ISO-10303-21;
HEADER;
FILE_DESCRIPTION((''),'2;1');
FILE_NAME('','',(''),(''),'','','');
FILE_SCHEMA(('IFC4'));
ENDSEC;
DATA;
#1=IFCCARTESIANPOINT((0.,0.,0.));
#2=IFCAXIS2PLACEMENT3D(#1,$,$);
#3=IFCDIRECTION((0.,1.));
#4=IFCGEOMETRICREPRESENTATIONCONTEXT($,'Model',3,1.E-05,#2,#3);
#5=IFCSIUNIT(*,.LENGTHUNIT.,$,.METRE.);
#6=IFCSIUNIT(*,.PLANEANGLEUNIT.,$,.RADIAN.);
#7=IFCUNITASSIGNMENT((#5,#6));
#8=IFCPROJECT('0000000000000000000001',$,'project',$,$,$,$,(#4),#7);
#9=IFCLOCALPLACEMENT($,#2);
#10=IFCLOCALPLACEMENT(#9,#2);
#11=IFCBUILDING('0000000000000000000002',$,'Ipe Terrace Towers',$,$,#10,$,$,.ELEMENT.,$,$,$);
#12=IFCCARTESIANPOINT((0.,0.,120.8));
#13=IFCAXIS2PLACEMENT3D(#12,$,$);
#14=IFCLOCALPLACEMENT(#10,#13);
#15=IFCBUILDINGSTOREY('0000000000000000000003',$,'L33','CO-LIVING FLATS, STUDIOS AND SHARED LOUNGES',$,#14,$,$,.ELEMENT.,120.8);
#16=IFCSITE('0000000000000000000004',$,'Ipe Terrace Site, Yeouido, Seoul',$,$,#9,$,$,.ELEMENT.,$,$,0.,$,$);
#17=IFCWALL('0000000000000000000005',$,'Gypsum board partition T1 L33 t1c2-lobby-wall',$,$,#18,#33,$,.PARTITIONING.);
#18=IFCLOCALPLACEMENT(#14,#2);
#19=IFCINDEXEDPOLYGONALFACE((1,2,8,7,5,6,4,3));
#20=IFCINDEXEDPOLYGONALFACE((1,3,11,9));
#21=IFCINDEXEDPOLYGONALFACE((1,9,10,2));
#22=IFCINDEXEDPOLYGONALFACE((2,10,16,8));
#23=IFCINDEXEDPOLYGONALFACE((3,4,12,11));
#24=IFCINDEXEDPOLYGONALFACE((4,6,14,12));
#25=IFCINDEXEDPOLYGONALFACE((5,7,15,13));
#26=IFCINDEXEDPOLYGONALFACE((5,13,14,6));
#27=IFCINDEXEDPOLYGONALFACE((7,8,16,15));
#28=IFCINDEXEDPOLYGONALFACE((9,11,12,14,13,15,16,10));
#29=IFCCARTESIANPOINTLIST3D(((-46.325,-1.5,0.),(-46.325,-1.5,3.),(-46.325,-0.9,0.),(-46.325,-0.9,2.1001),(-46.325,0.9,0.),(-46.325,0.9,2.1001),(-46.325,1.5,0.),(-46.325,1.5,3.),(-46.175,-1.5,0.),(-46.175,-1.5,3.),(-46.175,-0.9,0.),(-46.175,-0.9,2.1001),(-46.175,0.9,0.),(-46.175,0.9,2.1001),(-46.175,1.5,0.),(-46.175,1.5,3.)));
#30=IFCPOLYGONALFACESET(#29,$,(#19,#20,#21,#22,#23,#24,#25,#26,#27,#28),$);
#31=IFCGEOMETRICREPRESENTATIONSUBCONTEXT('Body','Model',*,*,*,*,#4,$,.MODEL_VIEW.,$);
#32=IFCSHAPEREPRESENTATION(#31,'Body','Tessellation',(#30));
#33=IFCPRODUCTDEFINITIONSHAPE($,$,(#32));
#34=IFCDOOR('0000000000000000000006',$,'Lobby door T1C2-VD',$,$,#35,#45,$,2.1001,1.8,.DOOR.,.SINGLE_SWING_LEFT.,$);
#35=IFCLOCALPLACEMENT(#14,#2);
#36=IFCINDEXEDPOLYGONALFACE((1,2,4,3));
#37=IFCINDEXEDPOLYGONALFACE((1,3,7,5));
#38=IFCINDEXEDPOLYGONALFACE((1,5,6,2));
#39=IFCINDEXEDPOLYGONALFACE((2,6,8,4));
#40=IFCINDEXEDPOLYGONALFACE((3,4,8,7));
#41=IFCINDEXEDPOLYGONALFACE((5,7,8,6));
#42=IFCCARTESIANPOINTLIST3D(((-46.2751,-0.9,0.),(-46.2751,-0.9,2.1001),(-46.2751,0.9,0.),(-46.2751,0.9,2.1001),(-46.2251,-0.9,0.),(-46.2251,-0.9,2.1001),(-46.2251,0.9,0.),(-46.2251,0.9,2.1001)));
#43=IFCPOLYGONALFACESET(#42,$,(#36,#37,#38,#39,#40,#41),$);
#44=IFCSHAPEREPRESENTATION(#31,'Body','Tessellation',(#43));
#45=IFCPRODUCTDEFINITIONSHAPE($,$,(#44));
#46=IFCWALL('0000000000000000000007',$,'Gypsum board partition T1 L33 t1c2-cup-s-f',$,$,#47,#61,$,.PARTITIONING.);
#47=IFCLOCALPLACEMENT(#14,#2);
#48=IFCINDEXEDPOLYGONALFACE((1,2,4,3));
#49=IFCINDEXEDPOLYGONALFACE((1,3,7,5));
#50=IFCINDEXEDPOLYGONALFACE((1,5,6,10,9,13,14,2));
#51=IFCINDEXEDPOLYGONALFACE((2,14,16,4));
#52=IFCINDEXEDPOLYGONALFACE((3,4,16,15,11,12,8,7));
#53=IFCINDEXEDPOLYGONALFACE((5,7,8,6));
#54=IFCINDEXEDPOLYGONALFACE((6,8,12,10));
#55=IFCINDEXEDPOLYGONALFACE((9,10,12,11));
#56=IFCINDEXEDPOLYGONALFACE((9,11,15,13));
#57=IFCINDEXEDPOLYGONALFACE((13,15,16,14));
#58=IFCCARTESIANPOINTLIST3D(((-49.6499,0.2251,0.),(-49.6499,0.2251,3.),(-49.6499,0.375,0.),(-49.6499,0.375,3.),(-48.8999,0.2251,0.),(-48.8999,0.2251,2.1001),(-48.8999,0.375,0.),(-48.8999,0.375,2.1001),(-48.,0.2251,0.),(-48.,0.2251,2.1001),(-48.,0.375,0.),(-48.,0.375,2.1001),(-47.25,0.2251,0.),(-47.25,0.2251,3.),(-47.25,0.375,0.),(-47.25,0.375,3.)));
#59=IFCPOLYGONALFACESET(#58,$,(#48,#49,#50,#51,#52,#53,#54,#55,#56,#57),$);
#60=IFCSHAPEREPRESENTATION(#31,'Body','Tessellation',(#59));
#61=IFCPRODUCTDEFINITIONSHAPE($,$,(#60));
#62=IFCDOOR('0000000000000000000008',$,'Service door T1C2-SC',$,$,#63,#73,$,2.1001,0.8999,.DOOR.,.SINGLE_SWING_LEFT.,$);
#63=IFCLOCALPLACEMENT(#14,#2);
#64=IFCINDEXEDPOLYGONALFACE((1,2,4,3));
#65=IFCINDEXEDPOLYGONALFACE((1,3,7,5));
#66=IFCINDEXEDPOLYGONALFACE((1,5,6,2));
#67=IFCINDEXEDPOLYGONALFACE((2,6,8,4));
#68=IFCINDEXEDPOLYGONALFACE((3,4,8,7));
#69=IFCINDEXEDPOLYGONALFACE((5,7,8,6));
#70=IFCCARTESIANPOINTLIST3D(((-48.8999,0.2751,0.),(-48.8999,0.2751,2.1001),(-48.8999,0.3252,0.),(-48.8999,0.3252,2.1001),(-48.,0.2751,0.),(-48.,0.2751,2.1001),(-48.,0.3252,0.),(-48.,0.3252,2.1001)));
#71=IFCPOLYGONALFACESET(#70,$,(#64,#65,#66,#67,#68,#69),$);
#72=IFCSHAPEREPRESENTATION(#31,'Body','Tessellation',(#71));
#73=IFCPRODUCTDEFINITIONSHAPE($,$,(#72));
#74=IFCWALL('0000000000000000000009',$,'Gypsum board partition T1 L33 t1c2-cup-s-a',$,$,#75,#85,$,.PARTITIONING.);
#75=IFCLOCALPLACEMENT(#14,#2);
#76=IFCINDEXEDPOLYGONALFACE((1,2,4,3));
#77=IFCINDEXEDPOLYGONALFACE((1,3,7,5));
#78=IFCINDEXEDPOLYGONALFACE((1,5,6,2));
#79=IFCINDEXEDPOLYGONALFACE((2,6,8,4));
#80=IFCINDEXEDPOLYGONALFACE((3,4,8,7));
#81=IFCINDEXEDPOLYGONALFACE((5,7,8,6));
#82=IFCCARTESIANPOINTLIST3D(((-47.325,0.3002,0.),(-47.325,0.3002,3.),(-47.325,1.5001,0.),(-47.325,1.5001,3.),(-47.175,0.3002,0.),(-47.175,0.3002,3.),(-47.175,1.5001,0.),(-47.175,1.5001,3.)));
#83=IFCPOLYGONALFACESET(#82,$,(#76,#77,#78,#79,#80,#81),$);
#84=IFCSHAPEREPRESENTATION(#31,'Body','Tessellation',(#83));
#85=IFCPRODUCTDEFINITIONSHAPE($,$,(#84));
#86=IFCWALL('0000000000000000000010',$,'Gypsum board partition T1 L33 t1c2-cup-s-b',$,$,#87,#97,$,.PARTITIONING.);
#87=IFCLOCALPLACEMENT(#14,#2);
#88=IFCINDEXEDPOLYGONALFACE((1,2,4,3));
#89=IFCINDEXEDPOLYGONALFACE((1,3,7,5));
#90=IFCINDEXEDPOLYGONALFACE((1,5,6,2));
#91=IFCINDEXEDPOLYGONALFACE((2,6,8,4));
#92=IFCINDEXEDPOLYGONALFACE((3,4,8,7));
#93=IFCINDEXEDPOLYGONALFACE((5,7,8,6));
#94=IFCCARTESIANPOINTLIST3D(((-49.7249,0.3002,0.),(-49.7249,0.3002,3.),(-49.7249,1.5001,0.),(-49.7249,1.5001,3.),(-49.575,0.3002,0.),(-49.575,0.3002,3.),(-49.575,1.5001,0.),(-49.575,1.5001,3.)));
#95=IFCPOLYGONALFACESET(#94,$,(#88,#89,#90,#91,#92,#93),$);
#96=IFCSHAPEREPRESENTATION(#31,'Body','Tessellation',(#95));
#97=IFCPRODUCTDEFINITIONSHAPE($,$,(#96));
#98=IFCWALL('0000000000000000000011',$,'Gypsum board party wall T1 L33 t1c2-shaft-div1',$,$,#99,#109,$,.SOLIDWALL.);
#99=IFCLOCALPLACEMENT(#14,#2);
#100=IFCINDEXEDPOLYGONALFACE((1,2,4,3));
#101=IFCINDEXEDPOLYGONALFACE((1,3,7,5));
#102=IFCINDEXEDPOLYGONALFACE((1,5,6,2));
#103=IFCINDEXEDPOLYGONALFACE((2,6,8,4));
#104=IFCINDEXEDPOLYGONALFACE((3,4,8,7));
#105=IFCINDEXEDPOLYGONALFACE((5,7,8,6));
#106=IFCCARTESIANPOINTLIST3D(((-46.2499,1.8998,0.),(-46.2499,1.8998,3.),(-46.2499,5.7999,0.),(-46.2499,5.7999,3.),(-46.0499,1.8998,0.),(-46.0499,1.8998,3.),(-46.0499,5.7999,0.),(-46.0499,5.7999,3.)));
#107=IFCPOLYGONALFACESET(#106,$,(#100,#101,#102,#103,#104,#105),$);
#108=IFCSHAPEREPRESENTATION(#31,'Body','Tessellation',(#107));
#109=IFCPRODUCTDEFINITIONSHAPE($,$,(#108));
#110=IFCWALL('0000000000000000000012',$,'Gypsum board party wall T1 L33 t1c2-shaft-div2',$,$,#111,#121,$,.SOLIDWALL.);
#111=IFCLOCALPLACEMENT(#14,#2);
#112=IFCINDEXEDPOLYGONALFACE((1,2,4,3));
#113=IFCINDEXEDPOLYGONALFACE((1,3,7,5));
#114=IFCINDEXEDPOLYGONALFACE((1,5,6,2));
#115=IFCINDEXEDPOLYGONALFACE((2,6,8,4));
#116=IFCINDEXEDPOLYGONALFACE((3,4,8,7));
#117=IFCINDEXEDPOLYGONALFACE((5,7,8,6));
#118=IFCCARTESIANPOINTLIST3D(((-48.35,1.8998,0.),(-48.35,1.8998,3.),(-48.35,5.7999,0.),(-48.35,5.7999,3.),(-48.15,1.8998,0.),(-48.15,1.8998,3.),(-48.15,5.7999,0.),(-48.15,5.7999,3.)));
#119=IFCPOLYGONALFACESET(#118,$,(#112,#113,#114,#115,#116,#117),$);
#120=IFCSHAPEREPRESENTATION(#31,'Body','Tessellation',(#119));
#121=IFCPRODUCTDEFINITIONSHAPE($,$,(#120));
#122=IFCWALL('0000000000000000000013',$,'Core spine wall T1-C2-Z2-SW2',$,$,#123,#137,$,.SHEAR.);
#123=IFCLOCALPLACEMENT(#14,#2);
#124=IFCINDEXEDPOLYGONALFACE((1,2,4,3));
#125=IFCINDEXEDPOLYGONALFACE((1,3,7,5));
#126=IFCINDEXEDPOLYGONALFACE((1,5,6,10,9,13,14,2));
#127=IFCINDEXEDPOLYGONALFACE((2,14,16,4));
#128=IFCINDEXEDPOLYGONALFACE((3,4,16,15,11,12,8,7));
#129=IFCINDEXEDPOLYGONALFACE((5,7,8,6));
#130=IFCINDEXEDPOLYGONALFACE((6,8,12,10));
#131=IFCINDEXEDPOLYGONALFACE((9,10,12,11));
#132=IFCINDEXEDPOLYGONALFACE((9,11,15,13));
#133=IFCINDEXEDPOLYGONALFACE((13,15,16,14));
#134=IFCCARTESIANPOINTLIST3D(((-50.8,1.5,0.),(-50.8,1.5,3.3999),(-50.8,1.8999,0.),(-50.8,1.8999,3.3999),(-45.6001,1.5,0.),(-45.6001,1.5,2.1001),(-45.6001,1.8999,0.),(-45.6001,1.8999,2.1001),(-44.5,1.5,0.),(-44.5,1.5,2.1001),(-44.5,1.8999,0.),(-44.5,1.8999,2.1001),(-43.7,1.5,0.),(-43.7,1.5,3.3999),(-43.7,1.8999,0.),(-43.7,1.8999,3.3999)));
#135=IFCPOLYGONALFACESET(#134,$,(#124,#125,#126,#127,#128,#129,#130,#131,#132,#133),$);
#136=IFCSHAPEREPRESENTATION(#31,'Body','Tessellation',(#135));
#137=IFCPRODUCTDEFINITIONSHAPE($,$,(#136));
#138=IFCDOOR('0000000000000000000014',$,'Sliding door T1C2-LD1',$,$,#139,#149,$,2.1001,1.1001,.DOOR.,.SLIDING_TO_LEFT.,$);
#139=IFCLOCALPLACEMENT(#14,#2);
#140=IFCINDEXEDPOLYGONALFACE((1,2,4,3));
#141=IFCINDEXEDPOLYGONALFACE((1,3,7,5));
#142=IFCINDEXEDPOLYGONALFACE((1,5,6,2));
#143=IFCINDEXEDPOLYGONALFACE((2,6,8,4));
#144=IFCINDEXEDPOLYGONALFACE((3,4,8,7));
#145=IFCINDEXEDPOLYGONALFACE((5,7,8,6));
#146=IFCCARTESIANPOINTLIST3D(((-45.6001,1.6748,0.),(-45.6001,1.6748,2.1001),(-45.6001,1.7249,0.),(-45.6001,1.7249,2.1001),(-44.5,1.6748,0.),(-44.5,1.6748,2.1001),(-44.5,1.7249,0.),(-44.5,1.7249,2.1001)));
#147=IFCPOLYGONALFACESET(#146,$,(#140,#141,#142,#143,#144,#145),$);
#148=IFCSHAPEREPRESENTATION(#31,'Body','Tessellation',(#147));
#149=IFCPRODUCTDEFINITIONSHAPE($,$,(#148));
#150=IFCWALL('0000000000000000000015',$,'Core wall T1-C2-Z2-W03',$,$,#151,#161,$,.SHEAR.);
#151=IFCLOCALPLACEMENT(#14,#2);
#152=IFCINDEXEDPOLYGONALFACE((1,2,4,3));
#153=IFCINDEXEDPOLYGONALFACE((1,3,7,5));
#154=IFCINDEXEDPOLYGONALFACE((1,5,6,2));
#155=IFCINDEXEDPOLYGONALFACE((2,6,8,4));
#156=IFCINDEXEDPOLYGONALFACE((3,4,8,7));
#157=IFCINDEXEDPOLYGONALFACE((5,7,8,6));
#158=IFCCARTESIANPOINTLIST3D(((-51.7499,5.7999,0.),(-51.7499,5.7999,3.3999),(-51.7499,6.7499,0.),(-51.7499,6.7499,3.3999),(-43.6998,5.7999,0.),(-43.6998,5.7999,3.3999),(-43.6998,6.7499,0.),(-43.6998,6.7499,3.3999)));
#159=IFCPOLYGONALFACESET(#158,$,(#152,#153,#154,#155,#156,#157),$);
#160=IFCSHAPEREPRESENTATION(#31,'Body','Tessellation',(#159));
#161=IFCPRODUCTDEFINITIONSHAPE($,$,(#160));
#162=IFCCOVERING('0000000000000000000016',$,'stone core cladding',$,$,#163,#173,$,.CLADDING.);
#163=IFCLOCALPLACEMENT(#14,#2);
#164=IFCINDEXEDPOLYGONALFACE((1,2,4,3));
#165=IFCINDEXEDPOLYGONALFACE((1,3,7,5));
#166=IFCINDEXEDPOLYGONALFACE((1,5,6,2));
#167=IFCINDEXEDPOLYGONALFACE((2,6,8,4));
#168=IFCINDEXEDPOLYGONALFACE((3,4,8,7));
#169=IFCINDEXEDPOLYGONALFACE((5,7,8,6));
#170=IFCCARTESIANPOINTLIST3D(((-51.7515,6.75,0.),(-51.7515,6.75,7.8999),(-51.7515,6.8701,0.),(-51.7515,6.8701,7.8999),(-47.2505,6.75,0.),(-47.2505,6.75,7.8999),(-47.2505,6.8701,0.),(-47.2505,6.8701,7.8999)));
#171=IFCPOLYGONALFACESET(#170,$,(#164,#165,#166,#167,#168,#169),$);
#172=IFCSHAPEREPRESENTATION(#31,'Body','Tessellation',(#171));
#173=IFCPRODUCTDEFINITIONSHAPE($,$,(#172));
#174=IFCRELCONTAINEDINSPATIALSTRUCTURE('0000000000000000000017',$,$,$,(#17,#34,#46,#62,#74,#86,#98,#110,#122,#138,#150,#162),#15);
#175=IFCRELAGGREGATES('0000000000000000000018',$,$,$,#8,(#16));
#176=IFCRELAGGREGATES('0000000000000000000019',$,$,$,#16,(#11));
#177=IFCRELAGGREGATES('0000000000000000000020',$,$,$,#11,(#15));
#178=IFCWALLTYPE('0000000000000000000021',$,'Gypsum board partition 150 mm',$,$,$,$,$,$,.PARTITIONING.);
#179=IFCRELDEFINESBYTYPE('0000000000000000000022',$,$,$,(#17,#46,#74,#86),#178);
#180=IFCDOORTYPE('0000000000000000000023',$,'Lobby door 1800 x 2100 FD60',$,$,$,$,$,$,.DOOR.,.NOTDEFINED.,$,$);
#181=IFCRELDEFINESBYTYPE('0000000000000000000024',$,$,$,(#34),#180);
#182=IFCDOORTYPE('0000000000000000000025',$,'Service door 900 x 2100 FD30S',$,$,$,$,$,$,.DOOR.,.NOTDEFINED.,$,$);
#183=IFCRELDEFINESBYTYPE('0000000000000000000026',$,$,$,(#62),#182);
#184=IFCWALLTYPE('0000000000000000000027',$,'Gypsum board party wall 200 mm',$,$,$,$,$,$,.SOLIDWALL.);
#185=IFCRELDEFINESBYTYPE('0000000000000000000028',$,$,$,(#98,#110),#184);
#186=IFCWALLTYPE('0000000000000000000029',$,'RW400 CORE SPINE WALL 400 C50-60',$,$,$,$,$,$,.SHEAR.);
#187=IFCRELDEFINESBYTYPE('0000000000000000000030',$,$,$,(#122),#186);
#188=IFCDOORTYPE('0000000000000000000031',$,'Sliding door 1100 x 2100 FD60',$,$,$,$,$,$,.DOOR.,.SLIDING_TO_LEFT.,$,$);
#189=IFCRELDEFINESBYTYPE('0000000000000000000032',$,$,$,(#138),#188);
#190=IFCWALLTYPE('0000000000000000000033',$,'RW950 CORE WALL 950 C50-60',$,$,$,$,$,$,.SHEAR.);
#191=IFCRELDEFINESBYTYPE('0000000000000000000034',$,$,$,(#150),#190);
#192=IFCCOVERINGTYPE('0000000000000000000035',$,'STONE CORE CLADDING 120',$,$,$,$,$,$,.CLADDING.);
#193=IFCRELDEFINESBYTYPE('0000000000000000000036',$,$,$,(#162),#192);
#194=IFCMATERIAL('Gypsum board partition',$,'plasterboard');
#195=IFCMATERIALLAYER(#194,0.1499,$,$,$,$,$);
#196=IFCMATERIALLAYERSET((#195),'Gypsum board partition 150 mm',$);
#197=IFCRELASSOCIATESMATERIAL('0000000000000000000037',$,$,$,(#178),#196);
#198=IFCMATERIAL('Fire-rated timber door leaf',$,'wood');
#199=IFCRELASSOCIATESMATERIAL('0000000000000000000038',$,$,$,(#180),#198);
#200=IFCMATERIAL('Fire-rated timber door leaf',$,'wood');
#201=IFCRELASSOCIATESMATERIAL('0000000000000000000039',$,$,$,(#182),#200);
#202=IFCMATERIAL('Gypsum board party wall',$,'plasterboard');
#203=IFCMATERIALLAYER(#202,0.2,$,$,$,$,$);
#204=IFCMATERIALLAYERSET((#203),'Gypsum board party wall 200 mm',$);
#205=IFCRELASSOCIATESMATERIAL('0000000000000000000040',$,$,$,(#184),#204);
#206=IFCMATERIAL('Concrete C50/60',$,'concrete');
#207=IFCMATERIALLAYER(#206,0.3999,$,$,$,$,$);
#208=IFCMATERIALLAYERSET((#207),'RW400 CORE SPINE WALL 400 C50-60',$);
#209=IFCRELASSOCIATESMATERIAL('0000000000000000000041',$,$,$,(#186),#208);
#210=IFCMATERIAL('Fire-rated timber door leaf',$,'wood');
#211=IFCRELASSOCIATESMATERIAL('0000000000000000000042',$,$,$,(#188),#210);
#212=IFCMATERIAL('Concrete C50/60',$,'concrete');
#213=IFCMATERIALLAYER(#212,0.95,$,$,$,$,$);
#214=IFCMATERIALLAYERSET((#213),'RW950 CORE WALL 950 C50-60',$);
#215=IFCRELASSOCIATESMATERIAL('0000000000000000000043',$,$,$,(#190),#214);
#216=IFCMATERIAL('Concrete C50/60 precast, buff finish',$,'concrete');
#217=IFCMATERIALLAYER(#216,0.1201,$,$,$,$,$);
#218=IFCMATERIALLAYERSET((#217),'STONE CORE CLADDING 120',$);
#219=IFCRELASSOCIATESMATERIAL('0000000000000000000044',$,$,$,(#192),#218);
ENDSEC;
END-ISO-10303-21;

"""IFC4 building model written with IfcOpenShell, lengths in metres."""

from ifc_helpers import new_model, si_unit, direction, frame, frame_2d, origin, origin_2d, place, context, subcontext, project, spatial, rectangle, extrude, material, layer, layer_set, type_object, element, fill, save


model = new_model("IFC4")

# Units and contexts
model_context = context("Model", 3, precision=1e-05, world=origin(), true_north=direction((0.0, 1.0)))
body_context = subcontext(model_context, "Body", "Model", "MODEL_VIEW")
ifc_project = project(units=[si_unit("LENGTHUNIT", "METRE"), si_unit("PLANEANGLEUNIT", "RADIAN")], contexts=[model_context])

# Site, building, storey
site_placement = place(None, origin())
site = spatial("IfcSite", under=ifc_project, at=site_placement, Name="Ipe Terrace Site, Yeouido, Seoul", CompositionType="ELEMENT", RefElevation=0.0)
building_placement = place(site_placement, origin())
building = spatial("IfcBuilding", under=site, at=building_placement, Name="Ipe Terrace Towers", CompositionType="ELEMENT")
storey_placement = place(building_placement, frame((0.0, 0.0, 120.8)))
storey = spatial("IfcBuildingStorey", under=building, at=storey_placement, Name="L33", Description="CO-LIVING FLATS, STUDIOS AND SHARED LOUNGES", CompositionType="ELEMENT", Elevation=120.8)

# Walls, openings, doors
ifc_material_1 = material(Name="Gypsum board partition", Category="plasterboard")
ifc_layer_1 = layer(ifc_material_1, 0.1499)
ifc_layer_set_1 = layer_set([ifc_layer_1], Name="Gypsum board partition 150 mm")
wall_type_1 = type_object("IfcWallType", Name="Gypsum board partition 150 mm", PredefinedType="PARTITIONING", material=ifc_layer_set_1)
wall_1_placement = place(storey_placement, frame((-46.25, 1.5, 0.0), z_axis=(0.0, 0.0, 1.0), x_axis=(0.0, -1.0, 0.0)))
wall_1 = element("IfcWall", 1, at=wall_1_placement, inside=storey, type_object=wall_type_1, Name="Gypsum board partition T1 L33 t1c2-lobby-wall", PredefinedType="PARTITIONING", context=body_context, shape_type="SweptSolid", body=[
    extrude(rectangle(XDim=3.0, YDim=0.1499, at=frame_2d((1.5, 0.0))), origin(), (0.0, 0.0, 1.0), 3.0),
])
opening_1_placement = place(wall_1_placement, frame((0.6001, 0.0, 0.0)))
opening_1 = element("IfcOpeningElement", 2, at=opening_1_placement, cuts=wall_1, PredefinedType="OPENING", context=body_context, shape_type="SweptSolid", body=[
    extrude(rectangle(XDim=1.8, YDim=2.1001, at=frame_2d((0.8999, 1.05))), frame((0.0, 0.085, 0.0), z_axis=(0.0, -1.0, 0.0), x_axis=(1.0, 0.0, 0.0)), (0.0, 0.0, 1.0), 0.1699),
])
ifc_material_2 = material(Name="Fire-rated timber door leaf", Category="wood")
door_type_1 = type_object("IfcDoorType", Name="Lobby door 1800 x 2100 FD60", OperationType="NOTDEFINED", PredefinedType="DOOR", material=ifc_material_2)
door_1_placement = place(opening_1_placement, origin())
door_1 = element("IfcDoor", 3, at=door_1_placement, inside=storey, type_object=door_type_1, Name="Lobby door T1C2-VD", OperationType="SINGLE_SWING_LEFT", OverallHeight=2.1001, OverallWidth=1.8, PredefinedType="DOOR", context=body_context, shape_type="SweptSolid", body=[
    extrude(rectangle(XDim=1.8, YDim=2.1001, at=frame_2d((0.8999, 1.05))), frame((0.0, 0.0249, 0.0), z_axis=(0.0, -1.0, 0.0), x_axis=(1.0, 0.0, 0.0)), (0.0, 0.0, 1.0), 0.05),
])
fill(opening_1, door_1)
wall_2_placement = place(storey_placement, frame((-47.25, 0.3, 0.0), z_axis=(0.0, 0.0, 1.0), x_axis=(-1.0, 0.0, 0.0)))
wall_2 = element("IfcWall", 4, at=wall_2_placement, inside=storey, type_object=wall_type_1, Name="Gypsum board partition T1 L33 t1c2-cup-s-f", PredefinedType="PARTITIONING", context=body_context, shape_type="SweptSolid", body=[
    extrude(rectangle(XDim=2.3999, YDim=0.1499, at=frame_2d((1.2, 0.0))), origin(), (0.0, 0.0, 1.0), 3.0),
])
opening_2_placement = place(wall_2_placement, frame((0.75, 0.0, 0.0)))
opening_2 = element("IfcOpeningElement", 5, at=opening_2_placement, cuts=wall_2, PredefinedType="OPENING", context=body_context, shape_type="SweptSolid", body=[
    extrude(rectangle(XDim=0.8999, YDim=2.1001, at=frame_2d((0.45, 1.05))), frame((0.0, 0.085, 0.0), z_axis=(0.0, -1.0, 0.0), x_axis=(1.0, 0.0, 0.0)), (0.0, 0.0, 1.0), 0.1699),
])
ifc_material_3 = material(Name="Fire-rated timber door leaf", Category="wood")
door_type_2 = type_object("IfcDoorType", Name="Service door 900 x 2100 FD30S", OperationType="NOTDEFINED", PredefinedType="DOOR", material=ifc_material_3)
door_2_placement = place(opening_2_placement, origin())
door_2 = element("IfcDoor", 6, at=door_2_placement, inside=storey, type_object=door_type_2, Name="Service door T1C2-SC", OperationType="SINGLE_SWING_LEFT", OverallHeight=2.1001, OverallWidth=0.8999, PredefinedType="DOOR", context=body_context, shape_type="SweptSolid", body=[
    extrude(rectangle(XDim=0.8999, YDim=2.1001, at=frame_2d((0.45, 1.05))), frame((0.0, 0.0249, 0.0), z_axis=(0.0, -1.0, 0.0), x_axis=(1.0, 0.0, 0.0)), (0.0, 0.0, 1.0), 0.05),
])
fill(opening_2, door_2)

# Walls
for number, where, z_axis, x_axis, name in (
    (7, (-47.25, 0.3, 0.0), (0.0, 0.0, 1.0), (0.0, 1.0, 0.0), "Gypsum board partition T1 L33 t1c2-cup-s-a"),
    (8, (-49.6499, 0.3, 0.0), (0.0, 0.0, 1.0), (0.0, 1.0, 0.0), "Gypsum board partition T1 L33 t1c2-cup-s-b"),
):
    element("IfcWall", number, at=place(storey_placement, frame(where, z_axis=z_axis, x_axis=x_axis)), inside=storey, type_object=wall_type_1, Name=name, PredefinedType="PARTITIONING", context=body_context, shape_type="SweptSolid", body=[
        extrude(rectangle(XDim=1.2, YDim=0.1499, at=frame_2d((0.6001, 0.0))), origin(), (0.0, 0.0, 1.0), 3.0),
    ])
ifc_material_4 = material(Name="Gypsum board party wall", Category="plasterboard")
ifc_layer_2 = layer(ifc_material_4, 0.2)
ifc_layer_set_2 = layer_set([ifc_layer_2], Name="Gypsum board party wall 200 mm")
wall_type_2 = type_object("IfcWallType", Name="Gypsum board party wall 200 mm", PredefinedType="SOLIDWALL", material=ifc_layer_set_2)
for number, where, z_axis, x_axis, name in (
    (9, (-46.1499, 5.8, 0.0), (0.0, 0.0, 1.0), (0.0, -1.0, 0.0), "Gypsum board party wall T1 L33 t1c2-shaft-div1"),
    (10, (-48.25, 5.8, 0.0), (0.0, 0.0, 1.0), (0.0, -1.0, 0.0), "Gypsum board party wall T1 L33 t1c2-shaft-div2"),
):
    element("IfcWall", number, at=place(storey_placement, frame(where, z_axis=z_axis, x_axis=x_axis)), inside=storey, type_object=wall_type_2, Name=name, PredefinedType="SOLIDWALL", context=body_context, shape_type="SweptSolid", body=[
        extrude(rectangle(XDim=3.9001, YDim=0.2, at=frame_2d((1.9502, 0.0))), origin(), (0.0, 0.0, 1.0), 3.0),
    ])

# Wall, opening, door
ifc_material_5 = material(Name="Concrete C50/60", Category="concrete")
ifc_layer_3 = layer(ifc_material_5, 0.3999)
ifc_layer_set_3 = layer_set([ifc_layer_3], Name="RW400 CORE SPINE WALL 400 C50-60")
wall_type_3 = type_object("IfcWallType", Name="RW400 CORE SPINE WALL 400 C50-60", PredefinedType="SHEAR", material=ifc_layer_set_3)
wall_3_placement = place(storey_placement, frame((-50.8, 1.7, 0.0), z_axis=(0.0, 0.0, 1.0), x_axis=(1.0, 0.0, 0.0)))
wall_3 = element("IfcWall", 11, at=wall_3_placement, inside=storey, type_object=wall_type_3, Name="Core spine wall T1-C2-Z2-SW2", PredefinedType="SHEAR", context=body_context, shape_type="SweptSolid", body=[
    extrude(rectangle(XDim=7.1001, YDim=0.3999, at=frame_2d((3.55, 0.0))), origin(), (0.0, 0.0, 1.0), 3.3999),
])
opening_3_placement = place(wall_3_placement, frame((5.2, 0.0, 0.0)))
opening_3 = element("IfcOpeningElement", 12, at=opening_3_placement, cuts=wall_3, PredefinedType="OPENING", context=body_context, shape_type="SweptSolid", body=[
    extrude(rectangle(XDim=1.1001, YDim=2.1001, at=frame_2d((0.55, 1.05))), frame((0.0, 0.21, 0.0), z_axis=(0.0, -1.0, 0.0), x_axis=(1.0, 0.0, 0.0)), (0.0, 0.0, 1.0), 0.4199),
])
ifc_material_6 = material(Name="Fire-rated timber door leaf", Category="wood")
door_type_3 = type_object("IfcDoorType", Name="Sliding door 1100 x 2100 FD60", OperationType="SLIDING_TO_LEFT", PredefinedType="DOOR", material=ifc_material_6)
door_3_placement = place(opening_3_placement, origin())
door_3 = element("IfcDoor", 13, at=door_3_placement, inside=storey, type_object=door_type_3, Name="Sliding door T1C2-LD1", OperationType="SLIDING_TO_LEFT", OverallHeight=2.1001, OverallWidth=1.1001, PredefinedType="DOOR", context=body_context, shape_type="SweptSolid", body=[
    extrude(rectangle(XDim=1.1001, YDim=2.1001, at=frame_2d((0.55, 1.05))), frame((0.0, 0.0249, 0.0), z_axis=(0.0, -1.0, 0.0), x_axis=(1.0, 0.0, 0.0)), (0.0, 0.0, 1.0), 0.05),
])
fill(opening_3, door_3)

# Wall
ifc_material_7 = material(Name="Concrete C50/60", Category="concrete")
ifc_layer_4 = layer(ifc_material_7, 0.95)
ifc_layer_set_4 = layer_set([ifc_layer_4], Name="RW950 CORE WALL 950 C50-60")
wall_type_4 = type_object("IfcWallType", Name="RW950 CORE WALL 950 C50-60", PredefinedType="SHEAR", material=ifc_layer_set_4)
wall_4_placement = place(storey_placement, frame((-43.7, 6.2749, 0.0), z_axis=(0.0, 0.0, 1.0), x_axis=(-1.0, 0.0, 0.0)))
element("IfcWall", 14, at=wall_4_placement, inside=storey, type_object=wall_type_4, Name="Core wall T1-C2-Z2-W03", PredefinedType="SHEAR", context=body_context, shape_type="SweptSolid", body=[
    extrude(rectangle(XDim=8.05, YDim=0.95, at=frame_2d((4.0249, 0.0))), origin(), (0.0, 0.0, 1.0), 3.3999),
])

# Covering
ifc_material_8 = material(Name="Concrete C50/60 precast, buff finish", Category="concrete")
ifc_layer_5 = layer(ifc_material_8, 0.1201)
ifc_layer_set_5 = layer_set([ifc_layer_5], Name="STONE CORE CLADDING 120")
covering_type = type_object("IfcCoveringType", Name="STONE CORE CLADDING 120", PredefinedType="CLADDING", material=ifc_layer_set_5)
covering_1_placement = place(storey_placement, frame((-49.501, 6.8101, 0.0), z_axis=(0.0, 0.0, 1.0), x_axis=(-1.0, 0.0, 0.0)))
element("IfcCovering", 15, at=covering_1_placement, inside=storey, type_object=covering_type, Name="stone core cladding", PredefinedType="CLADDING", context=body_context, shape_type="SweptSolid", body=[
    extrude(rectangle(XDim=4.501, YDim=0.1201, at=origin_2d()), origin(), (0.0, 0.0, 1.0), 7.8999),
])

save(model, "model.ifc")
